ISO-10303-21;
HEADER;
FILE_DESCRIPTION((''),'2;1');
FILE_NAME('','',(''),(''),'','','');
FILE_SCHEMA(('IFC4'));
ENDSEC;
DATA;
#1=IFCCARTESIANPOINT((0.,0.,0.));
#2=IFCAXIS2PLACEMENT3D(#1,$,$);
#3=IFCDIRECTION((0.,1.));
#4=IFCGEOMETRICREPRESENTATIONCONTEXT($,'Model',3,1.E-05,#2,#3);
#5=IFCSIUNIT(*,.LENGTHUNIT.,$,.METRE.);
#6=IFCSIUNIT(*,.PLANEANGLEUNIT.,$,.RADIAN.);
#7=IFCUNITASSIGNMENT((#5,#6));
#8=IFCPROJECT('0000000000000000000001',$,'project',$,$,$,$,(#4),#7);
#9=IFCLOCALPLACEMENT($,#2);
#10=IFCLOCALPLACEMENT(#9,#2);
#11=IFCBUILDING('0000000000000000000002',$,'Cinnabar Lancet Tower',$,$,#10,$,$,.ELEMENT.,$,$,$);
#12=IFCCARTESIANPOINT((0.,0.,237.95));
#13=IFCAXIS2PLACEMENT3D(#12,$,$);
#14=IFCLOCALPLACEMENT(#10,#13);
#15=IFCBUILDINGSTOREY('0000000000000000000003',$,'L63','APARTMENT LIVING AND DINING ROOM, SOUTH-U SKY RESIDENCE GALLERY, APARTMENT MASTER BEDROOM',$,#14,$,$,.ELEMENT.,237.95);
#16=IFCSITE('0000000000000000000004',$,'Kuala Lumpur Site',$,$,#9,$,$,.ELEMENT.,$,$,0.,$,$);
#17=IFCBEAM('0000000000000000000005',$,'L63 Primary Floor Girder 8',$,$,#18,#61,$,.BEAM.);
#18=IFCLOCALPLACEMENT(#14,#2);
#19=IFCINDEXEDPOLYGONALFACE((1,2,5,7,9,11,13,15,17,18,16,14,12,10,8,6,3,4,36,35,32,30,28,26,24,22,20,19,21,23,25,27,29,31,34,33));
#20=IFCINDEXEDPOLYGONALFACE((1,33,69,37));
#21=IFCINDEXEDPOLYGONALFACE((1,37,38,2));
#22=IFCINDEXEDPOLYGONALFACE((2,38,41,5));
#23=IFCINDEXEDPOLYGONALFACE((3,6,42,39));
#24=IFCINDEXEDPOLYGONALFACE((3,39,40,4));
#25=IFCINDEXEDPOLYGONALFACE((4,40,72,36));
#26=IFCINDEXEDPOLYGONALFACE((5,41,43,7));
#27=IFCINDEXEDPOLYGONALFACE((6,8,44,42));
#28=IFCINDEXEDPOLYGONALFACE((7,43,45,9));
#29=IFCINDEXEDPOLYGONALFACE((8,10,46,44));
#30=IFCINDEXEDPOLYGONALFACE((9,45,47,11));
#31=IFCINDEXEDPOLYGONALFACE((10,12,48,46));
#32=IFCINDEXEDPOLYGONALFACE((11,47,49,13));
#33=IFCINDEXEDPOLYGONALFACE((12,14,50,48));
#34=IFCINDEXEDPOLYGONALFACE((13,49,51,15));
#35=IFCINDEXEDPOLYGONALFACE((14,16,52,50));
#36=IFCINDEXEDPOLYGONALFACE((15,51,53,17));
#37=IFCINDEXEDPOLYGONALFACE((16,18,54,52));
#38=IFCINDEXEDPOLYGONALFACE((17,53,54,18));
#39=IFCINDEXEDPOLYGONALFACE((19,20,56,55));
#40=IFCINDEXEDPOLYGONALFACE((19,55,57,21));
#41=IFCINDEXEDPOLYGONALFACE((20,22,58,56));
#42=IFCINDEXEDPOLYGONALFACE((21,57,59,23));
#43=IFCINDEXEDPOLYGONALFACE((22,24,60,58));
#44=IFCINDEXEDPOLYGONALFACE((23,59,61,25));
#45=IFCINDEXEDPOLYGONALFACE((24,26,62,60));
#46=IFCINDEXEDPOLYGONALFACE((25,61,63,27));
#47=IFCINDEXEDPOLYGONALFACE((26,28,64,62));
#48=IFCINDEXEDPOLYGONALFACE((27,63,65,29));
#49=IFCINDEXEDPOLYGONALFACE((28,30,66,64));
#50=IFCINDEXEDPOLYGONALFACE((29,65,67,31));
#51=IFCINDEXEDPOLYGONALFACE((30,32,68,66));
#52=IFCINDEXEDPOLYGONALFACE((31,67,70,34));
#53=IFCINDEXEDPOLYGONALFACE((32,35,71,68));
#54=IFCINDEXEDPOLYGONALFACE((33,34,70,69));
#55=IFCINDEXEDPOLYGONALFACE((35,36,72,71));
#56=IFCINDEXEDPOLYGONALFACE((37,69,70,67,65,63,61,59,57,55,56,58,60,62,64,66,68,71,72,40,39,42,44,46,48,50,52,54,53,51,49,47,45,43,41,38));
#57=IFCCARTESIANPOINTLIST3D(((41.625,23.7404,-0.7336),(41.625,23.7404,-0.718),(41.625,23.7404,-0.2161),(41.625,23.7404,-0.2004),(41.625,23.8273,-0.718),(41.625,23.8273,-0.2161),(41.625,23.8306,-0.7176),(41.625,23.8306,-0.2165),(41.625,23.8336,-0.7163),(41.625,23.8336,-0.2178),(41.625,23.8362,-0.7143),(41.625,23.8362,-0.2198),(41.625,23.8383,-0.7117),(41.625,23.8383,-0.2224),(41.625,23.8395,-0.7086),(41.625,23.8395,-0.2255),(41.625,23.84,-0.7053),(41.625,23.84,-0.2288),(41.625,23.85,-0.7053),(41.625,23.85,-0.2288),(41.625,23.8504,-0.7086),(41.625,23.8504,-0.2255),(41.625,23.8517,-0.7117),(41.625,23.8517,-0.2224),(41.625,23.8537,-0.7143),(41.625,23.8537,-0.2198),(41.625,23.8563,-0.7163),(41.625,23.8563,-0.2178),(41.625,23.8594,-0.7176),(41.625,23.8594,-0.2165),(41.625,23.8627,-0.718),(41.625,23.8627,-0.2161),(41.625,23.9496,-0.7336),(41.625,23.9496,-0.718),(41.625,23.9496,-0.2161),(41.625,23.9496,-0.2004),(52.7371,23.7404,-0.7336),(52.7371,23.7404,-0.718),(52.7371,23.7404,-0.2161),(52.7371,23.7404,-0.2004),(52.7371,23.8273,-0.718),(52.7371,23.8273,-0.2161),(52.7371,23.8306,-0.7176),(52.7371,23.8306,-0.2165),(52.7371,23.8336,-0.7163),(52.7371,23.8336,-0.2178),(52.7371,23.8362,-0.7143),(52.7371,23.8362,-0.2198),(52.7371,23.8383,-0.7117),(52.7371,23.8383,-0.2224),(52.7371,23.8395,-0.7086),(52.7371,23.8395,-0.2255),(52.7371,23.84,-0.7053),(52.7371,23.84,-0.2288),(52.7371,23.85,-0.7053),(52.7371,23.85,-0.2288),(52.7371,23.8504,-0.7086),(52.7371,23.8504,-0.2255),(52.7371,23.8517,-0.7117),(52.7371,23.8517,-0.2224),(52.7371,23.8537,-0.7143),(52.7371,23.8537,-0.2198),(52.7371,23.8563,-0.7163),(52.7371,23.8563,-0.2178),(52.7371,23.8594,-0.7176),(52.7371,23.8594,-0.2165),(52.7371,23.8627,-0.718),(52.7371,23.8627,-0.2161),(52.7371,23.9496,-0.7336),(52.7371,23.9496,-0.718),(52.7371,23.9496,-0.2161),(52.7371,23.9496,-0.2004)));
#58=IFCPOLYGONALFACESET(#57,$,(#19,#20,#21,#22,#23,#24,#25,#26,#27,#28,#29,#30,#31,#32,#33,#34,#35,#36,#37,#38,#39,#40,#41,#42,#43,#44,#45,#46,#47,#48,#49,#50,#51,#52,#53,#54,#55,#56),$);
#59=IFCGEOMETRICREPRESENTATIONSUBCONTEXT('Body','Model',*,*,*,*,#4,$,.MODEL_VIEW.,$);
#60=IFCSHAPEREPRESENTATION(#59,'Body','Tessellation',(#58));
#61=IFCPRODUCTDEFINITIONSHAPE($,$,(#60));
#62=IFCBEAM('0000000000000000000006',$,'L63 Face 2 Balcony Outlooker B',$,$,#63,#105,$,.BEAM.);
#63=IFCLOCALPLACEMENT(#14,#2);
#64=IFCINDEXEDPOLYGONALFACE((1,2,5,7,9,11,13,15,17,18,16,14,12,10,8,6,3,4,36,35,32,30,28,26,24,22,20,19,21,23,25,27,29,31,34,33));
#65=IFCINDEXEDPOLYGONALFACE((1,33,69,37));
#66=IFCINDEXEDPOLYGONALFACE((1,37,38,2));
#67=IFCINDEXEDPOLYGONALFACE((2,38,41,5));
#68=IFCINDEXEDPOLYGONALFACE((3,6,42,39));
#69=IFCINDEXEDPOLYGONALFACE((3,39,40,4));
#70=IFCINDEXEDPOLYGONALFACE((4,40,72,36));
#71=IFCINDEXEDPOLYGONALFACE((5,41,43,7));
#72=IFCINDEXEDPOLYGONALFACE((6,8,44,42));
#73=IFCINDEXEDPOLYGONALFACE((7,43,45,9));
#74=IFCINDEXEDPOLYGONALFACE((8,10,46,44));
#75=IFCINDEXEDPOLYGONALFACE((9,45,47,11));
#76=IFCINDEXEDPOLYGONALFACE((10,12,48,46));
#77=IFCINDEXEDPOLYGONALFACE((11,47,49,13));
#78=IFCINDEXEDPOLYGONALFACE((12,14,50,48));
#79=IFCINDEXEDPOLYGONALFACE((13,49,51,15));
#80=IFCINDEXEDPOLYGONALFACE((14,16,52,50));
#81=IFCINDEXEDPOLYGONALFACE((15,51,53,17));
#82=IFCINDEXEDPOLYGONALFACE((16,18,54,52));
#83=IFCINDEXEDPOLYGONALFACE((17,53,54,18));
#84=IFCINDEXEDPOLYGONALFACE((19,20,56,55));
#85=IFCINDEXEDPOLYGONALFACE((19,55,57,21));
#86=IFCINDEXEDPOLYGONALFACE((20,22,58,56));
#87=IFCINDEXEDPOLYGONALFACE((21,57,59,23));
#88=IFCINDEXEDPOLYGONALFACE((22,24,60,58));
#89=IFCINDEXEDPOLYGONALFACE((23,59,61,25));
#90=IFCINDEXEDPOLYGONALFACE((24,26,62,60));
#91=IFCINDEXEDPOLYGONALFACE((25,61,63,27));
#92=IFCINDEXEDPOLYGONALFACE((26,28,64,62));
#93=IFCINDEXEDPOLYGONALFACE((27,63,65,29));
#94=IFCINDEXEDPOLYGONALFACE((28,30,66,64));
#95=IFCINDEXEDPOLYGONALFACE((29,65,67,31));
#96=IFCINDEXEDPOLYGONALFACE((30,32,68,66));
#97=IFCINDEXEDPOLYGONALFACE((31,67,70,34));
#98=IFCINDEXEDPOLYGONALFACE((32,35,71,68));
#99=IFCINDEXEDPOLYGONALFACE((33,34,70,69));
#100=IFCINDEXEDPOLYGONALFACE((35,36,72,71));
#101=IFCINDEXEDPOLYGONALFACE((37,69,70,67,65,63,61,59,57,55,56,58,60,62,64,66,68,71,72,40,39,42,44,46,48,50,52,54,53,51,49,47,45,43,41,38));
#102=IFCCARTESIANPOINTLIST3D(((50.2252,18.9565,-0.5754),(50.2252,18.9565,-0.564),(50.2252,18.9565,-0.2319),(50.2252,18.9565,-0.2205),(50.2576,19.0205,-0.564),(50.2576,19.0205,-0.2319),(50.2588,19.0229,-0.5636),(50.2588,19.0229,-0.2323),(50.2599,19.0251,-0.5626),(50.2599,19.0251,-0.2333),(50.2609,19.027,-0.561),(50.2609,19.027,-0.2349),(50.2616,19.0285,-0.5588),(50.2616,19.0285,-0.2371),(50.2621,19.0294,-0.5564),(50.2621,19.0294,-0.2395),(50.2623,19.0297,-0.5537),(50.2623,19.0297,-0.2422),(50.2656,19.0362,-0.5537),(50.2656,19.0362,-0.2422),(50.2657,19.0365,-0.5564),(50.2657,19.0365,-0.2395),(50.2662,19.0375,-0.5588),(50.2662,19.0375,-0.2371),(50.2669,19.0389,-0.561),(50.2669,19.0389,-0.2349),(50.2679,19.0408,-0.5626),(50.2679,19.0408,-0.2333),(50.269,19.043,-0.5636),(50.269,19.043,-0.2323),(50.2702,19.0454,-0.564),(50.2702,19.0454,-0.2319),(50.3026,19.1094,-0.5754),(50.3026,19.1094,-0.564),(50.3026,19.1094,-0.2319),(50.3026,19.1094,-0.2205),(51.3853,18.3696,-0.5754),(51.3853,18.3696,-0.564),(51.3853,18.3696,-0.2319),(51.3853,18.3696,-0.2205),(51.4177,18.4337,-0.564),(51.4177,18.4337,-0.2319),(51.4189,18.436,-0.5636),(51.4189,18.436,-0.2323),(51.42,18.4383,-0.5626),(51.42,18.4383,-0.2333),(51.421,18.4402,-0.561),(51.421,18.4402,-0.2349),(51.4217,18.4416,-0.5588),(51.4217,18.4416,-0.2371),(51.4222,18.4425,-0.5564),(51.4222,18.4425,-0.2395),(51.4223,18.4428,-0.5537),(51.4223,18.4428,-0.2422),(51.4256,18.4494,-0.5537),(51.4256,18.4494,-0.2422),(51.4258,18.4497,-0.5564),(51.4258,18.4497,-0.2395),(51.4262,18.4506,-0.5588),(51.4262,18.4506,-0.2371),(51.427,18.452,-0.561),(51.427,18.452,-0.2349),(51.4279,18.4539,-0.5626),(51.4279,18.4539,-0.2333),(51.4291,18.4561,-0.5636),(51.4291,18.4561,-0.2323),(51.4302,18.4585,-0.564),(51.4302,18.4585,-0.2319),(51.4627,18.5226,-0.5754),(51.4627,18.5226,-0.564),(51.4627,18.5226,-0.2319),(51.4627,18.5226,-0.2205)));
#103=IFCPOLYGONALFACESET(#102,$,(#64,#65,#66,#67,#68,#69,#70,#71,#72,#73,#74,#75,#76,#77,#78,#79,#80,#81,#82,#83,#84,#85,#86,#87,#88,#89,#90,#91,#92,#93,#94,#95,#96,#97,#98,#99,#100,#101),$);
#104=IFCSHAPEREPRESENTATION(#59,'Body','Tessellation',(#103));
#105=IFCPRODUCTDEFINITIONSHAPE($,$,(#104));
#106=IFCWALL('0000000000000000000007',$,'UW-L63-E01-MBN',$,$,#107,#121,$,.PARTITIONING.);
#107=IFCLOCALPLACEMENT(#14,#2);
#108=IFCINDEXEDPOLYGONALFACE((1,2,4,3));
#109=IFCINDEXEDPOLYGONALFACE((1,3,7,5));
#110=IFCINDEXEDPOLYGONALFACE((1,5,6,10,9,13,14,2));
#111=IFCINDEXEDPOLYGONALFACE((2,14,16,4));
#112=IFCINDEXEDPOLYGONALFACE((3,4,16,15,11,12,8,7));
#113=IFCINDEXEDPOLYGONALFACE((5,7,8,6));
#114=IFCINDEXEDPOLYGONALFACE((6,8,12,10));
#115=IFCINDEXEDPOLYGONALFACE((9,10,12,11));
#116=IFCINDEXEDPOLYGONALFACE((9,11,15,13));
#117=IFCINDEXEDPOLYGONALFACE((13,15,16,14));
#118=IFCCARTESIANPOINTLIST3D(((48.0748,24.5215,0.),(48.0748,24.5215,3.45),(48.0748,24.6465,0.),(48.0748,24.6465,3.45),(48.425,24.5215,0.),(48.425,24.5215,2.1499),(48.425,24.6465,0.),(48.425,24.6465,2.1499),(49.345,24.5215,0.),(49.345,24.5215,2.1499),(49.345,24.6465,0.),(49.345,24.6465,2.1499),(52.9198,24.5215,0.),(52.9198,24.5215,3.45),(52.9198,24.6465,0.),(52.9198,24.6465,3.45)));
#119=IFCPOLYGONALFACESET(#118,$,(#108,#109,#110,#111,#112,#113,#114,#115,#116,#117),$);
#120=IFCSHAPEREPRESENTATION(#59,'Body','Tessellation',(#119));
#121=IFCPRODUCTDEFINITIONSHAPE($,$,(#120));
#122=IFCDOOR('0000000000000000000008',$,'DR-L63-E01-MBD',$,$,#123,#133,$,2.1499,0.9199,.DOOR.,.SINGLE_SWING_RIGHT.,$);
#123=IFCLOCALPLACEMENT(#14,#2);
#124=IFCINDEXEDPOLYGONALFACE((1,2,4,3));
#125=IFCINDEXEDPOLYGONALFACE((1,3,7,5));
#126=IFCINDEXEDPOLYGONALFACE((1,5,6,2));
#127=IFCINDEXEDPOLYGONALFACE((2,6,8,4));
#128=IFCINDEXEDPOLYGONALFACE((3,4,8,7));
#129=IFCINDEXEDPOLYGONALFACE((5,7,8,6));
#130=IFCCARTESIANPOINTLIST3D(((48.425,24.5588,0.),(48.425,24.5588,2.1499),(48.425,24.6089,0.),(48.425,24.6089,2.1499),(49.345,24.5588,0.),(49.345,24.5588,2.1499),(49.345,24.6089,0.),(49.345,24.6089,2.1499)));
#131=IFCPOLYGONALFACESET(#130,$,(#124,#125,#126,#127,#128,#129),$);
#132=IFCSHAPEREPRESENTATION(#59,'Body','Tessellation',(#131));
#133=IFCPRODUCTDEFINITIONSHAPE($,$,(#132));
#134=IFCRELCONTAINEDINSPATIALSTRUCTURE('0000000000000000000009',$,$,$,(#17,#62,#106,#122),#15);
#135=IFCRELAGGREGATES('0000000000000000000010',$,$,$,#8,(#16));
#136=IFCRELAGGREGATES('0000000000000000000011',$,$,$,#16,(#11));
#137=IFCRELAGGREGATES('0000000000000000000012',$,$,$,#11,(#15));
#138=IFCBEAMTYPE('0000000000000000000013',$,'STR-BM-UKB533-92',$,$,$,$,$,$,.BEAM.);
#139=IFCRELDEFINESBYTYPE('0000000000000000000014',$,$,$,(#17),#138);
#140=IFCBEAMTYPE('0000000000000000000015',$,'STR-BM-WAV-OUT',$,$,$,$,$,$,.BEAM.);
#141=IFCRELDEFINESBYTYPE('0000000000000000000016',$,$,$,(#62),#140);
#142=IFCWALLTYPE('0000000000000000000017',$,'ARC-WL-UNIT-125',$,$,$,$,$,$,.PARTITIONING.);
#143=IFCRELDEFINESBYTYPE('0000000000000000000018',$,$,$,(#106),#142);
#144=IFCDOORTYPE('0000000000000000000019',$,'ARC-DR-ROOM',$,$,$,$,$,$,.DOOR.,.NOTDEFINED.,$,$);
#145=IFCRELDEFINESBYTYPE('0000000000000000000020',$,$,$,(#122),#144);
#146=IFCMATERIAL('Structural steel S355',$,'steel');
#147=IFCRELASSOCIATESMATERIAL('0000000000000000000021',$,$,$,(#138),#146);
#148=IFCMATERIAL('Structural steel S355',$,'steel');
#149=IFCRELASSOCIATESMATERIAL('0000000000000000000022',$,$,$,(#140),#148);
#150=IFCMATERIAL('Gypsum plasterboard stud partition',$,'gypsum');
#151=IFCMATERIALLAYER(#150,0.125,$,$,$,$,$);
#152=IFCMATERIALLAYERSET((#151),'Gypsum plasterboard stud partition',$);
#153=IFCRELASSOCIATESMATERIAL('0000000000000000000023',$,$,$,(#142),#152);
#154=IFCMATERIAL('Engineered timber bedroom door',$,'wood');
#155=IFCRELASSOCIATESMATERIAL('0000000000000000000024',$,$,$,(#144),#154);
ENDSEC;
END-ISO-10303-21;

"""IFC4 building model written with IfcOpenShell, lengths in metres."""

from ifc_helpers import new_model, si_unit, direction, frame, frame_2d, origin, origin_2d, place, context, subcontext, project, spatial, rectangle, i_section, extrude, material, layer, layer_set, material_profile, profile_set, type_object, element, fill, save


model = new_model("IFC4")

# Units and contexts
model_context = context("Model", 3, precision=1e-05, world=origin(), true_north=direction((0.0, 1.0)))
body_context = subcontext(model_context, "Body", "Model", "MODEL_VIEW")
ifc_project = project(units=[si_unit("LENGTHUNIT", "METRE"), si_unit("PLANEANGLEUNIT", "RADIAN")], contexts=[model_context])

# Site, building, storey
site_placement = place(None, origin())
site = spatial("IfcSite", under=ifc_project, at=site_placement, Name="Kuala Lumpur Site", CompositionType="ELEMENT", RefElevation=0.0)
building_placement = place(site_placement, origin())
building = spatial("IfcBuilding", under=site, at=building_placement, Name="Cinnabar Lancet Tower", CompositionType="ELEMENT")
storey_placement = place(building_placement, frame((0.0, 0.0, 237.95)))
storey = spatial("IfcBuildingStorey", under=building, at=storey_placement, Name="L63", Description="APARTMENT LIVING AND DINING ROOM, SOUTH-U SKY RESIDENCE GALLERY, APARTMENT MASTER BEDROOM", CompositionType="ELEMENT", Elevation=237.95)

# Beams
ifc_material_1 = material(Name="Structural steel S355", Category="steel")
ifc_material_profile_1 = material_profile(ifc_material_1, i_section(OverallWidth=0.2092, OverallDepth=0.5332, WebThickness=0.01, FlangeThickness=0.0156, FilletRadius=0.0127, at=origin_2d()), Name="UKB 533x210x92")
ifc_profile_set_1 = profile_set([ifc_material_profile_1], Name="Structural steel S355")
beam_type_1 = type_object("IfcBeamType", Name="STR-BM-UKB533-92", PredefinedType="BEAM", material=ifc_profile_set_1)
beam_1_placement = place(storey_placement, frame((52.7371, 23.845, -0.467), z_axis=(-1.0, 0.0, 0.0), x_axis=(0.0, -1.0, 0.0)))
element("IfcBeam", 1, at=beam_1_placement, inside=storey, type_object=beam_type_1, Name="L63 Primary Floor Girder 8", PredefinedType="BEAM", context=body_context, shape_type="SweptSolid", body=[
    extrude(i_section(OverallWidth=0.2092, OverallDepth=0.5332, WebThickness=0.01, FlangeThickness=0.0156, FilletRadius=0.0127, at=origin_2d()), origin(), (0.0, 0.0, 1.0), 11.1121),
])
ifc_material_2 = material(Name="Structural steel S355", Category="steel")
ifc_material_profile_2 = material_profile(ifc_material_2, i_section(OverallWidth=0.1714, OverallDepth=0.355, WebThickness=0.0073, FlangeThickness=0.0115, FilletRadius=0.0103, at=origin_2d()), Name="UKB 356x171x51")
ifc_profile_set_2 = profile_set([ifc_material_profile_2], Name="Structural steel S355")
beam_type_2 = type_object("IfcBeamType", Name="STR-BM-WAV-OUT", PredefinedType="BEAM", material=ifc_profile_set_2)
beam_2_placement = place(storey_placement, frame((50.2639, 19.033, -0.3979), z_axis=(0.892314, -0.451415, 0.0), x_axis=(0.451415, 0.892314, 0.0)))
element("IfcBeam", 2, at=beam_2_placement, inside=storey, type_object=beam_type_2, Name="L63 Face 2 Balcony Outlooker B", PredefinedType="BEAM", context=body_context, shape_type="SweptSolid", body=[
    extrude(i_section(OverallWidth=0.1714, OverallDepth=0.355, WebThickness=0.0073, FlangeThickness=0.0115, FilletRadius=0.0103, at=origin_2d()), origin(), (0.0, 0.0, 1.0), 1.3),
])

# Wall, opening, door
ifc_material_3 = material(Name="Gypsum plasterboard stud partition", Category="gypsum")
ifc_layer_1 = layer(ifc_material_3, 0.125)
ifc_layer_set_1 = layer_set([ifc_layer_1], Name="Gypsum plasterboard stud partition")
wall_type_1 = type_object("IfcWallType", Name="ARC-WL-UNIT-125", PredefinedType="PARTITIONING", material=ifc_layer_set_1)
wall_1_placement = place(storey_placement, frame((48.075, 24.584, 0.0), z_axis=(0.0, 0.0, 1.0), x_axis=(1.0, 0.0, 0.0)))
wall_1 = element("IfcWall", 3, at=wall_1_placement, inside=storey, type_object=wall_type_1, Name="UW-L63-E01-MBN", PredefinedType="PARTITIONING", context=body_context, shape_type="SweptSolid", body=[
    extrude(rectangle(XDim=4.845, YDim=0.125, at=frame_2d((2.4224, 0.0))), origin(), (0.0, 0.0, 1.0), 3.45),
])
opening_1_placement = place(wall_1_placement, frame((0.3501, 0.0, 0.0)))
opening_1 = element("IfcOpeningElement", 4, at=opening_1_placement, cuts=wall_1, PredefinedType="OPENING", context=body_context, shape_type="SweptSolid", body=[
    extrude(rectangle(XDim=0.9199, YDim=2.1499, at=frame_2d((0.46, 1.075))), frame((0.0, 0.0725, 0.0), z_axis=(0.0, -1.0, 0.0), x_axis=(1.0, 0.0, 0.0)), (0.0, 0.0, 1.0), 0.145),
])
ifc_material_4 = material(Name="Engineered timber bedroom door", Category="wood")
door_type_1 = type_object("IfcDoorType", Name="ARC-DR-ROOM", OperationType="NOTDEFINED", PredefinedType="DOOR", material=ifc_material_4)
door_1_placement = place(opening_1_placement, origin())
door_1 = element("IfcDoor", 5, at=door_1_placement, inside=storey, type_object=door_type_1, Name="DR-L63-E01-MBD", OperationType="SINGLE_SWING_RIGHT", OverallHeight=2.1499, OverallWidth=0.9199, PredefinedType="DOOR", context=body_context, shape_type="SweptSolid", body=[
    extrude(rectangle(XDim=0.9199, YDim=2.1499, at=frame_2d((0.46, 1.075))), frame((0.0, 0.0249, 0.0), z_axis=(0.0, -1.0, 0.0), x_axis=(1.0, 0.0, 0.0)), (0.0, 0.0, 1.0), 0.05),
])
fill(opening_1, door_1)

save(model, "model.ifc")
